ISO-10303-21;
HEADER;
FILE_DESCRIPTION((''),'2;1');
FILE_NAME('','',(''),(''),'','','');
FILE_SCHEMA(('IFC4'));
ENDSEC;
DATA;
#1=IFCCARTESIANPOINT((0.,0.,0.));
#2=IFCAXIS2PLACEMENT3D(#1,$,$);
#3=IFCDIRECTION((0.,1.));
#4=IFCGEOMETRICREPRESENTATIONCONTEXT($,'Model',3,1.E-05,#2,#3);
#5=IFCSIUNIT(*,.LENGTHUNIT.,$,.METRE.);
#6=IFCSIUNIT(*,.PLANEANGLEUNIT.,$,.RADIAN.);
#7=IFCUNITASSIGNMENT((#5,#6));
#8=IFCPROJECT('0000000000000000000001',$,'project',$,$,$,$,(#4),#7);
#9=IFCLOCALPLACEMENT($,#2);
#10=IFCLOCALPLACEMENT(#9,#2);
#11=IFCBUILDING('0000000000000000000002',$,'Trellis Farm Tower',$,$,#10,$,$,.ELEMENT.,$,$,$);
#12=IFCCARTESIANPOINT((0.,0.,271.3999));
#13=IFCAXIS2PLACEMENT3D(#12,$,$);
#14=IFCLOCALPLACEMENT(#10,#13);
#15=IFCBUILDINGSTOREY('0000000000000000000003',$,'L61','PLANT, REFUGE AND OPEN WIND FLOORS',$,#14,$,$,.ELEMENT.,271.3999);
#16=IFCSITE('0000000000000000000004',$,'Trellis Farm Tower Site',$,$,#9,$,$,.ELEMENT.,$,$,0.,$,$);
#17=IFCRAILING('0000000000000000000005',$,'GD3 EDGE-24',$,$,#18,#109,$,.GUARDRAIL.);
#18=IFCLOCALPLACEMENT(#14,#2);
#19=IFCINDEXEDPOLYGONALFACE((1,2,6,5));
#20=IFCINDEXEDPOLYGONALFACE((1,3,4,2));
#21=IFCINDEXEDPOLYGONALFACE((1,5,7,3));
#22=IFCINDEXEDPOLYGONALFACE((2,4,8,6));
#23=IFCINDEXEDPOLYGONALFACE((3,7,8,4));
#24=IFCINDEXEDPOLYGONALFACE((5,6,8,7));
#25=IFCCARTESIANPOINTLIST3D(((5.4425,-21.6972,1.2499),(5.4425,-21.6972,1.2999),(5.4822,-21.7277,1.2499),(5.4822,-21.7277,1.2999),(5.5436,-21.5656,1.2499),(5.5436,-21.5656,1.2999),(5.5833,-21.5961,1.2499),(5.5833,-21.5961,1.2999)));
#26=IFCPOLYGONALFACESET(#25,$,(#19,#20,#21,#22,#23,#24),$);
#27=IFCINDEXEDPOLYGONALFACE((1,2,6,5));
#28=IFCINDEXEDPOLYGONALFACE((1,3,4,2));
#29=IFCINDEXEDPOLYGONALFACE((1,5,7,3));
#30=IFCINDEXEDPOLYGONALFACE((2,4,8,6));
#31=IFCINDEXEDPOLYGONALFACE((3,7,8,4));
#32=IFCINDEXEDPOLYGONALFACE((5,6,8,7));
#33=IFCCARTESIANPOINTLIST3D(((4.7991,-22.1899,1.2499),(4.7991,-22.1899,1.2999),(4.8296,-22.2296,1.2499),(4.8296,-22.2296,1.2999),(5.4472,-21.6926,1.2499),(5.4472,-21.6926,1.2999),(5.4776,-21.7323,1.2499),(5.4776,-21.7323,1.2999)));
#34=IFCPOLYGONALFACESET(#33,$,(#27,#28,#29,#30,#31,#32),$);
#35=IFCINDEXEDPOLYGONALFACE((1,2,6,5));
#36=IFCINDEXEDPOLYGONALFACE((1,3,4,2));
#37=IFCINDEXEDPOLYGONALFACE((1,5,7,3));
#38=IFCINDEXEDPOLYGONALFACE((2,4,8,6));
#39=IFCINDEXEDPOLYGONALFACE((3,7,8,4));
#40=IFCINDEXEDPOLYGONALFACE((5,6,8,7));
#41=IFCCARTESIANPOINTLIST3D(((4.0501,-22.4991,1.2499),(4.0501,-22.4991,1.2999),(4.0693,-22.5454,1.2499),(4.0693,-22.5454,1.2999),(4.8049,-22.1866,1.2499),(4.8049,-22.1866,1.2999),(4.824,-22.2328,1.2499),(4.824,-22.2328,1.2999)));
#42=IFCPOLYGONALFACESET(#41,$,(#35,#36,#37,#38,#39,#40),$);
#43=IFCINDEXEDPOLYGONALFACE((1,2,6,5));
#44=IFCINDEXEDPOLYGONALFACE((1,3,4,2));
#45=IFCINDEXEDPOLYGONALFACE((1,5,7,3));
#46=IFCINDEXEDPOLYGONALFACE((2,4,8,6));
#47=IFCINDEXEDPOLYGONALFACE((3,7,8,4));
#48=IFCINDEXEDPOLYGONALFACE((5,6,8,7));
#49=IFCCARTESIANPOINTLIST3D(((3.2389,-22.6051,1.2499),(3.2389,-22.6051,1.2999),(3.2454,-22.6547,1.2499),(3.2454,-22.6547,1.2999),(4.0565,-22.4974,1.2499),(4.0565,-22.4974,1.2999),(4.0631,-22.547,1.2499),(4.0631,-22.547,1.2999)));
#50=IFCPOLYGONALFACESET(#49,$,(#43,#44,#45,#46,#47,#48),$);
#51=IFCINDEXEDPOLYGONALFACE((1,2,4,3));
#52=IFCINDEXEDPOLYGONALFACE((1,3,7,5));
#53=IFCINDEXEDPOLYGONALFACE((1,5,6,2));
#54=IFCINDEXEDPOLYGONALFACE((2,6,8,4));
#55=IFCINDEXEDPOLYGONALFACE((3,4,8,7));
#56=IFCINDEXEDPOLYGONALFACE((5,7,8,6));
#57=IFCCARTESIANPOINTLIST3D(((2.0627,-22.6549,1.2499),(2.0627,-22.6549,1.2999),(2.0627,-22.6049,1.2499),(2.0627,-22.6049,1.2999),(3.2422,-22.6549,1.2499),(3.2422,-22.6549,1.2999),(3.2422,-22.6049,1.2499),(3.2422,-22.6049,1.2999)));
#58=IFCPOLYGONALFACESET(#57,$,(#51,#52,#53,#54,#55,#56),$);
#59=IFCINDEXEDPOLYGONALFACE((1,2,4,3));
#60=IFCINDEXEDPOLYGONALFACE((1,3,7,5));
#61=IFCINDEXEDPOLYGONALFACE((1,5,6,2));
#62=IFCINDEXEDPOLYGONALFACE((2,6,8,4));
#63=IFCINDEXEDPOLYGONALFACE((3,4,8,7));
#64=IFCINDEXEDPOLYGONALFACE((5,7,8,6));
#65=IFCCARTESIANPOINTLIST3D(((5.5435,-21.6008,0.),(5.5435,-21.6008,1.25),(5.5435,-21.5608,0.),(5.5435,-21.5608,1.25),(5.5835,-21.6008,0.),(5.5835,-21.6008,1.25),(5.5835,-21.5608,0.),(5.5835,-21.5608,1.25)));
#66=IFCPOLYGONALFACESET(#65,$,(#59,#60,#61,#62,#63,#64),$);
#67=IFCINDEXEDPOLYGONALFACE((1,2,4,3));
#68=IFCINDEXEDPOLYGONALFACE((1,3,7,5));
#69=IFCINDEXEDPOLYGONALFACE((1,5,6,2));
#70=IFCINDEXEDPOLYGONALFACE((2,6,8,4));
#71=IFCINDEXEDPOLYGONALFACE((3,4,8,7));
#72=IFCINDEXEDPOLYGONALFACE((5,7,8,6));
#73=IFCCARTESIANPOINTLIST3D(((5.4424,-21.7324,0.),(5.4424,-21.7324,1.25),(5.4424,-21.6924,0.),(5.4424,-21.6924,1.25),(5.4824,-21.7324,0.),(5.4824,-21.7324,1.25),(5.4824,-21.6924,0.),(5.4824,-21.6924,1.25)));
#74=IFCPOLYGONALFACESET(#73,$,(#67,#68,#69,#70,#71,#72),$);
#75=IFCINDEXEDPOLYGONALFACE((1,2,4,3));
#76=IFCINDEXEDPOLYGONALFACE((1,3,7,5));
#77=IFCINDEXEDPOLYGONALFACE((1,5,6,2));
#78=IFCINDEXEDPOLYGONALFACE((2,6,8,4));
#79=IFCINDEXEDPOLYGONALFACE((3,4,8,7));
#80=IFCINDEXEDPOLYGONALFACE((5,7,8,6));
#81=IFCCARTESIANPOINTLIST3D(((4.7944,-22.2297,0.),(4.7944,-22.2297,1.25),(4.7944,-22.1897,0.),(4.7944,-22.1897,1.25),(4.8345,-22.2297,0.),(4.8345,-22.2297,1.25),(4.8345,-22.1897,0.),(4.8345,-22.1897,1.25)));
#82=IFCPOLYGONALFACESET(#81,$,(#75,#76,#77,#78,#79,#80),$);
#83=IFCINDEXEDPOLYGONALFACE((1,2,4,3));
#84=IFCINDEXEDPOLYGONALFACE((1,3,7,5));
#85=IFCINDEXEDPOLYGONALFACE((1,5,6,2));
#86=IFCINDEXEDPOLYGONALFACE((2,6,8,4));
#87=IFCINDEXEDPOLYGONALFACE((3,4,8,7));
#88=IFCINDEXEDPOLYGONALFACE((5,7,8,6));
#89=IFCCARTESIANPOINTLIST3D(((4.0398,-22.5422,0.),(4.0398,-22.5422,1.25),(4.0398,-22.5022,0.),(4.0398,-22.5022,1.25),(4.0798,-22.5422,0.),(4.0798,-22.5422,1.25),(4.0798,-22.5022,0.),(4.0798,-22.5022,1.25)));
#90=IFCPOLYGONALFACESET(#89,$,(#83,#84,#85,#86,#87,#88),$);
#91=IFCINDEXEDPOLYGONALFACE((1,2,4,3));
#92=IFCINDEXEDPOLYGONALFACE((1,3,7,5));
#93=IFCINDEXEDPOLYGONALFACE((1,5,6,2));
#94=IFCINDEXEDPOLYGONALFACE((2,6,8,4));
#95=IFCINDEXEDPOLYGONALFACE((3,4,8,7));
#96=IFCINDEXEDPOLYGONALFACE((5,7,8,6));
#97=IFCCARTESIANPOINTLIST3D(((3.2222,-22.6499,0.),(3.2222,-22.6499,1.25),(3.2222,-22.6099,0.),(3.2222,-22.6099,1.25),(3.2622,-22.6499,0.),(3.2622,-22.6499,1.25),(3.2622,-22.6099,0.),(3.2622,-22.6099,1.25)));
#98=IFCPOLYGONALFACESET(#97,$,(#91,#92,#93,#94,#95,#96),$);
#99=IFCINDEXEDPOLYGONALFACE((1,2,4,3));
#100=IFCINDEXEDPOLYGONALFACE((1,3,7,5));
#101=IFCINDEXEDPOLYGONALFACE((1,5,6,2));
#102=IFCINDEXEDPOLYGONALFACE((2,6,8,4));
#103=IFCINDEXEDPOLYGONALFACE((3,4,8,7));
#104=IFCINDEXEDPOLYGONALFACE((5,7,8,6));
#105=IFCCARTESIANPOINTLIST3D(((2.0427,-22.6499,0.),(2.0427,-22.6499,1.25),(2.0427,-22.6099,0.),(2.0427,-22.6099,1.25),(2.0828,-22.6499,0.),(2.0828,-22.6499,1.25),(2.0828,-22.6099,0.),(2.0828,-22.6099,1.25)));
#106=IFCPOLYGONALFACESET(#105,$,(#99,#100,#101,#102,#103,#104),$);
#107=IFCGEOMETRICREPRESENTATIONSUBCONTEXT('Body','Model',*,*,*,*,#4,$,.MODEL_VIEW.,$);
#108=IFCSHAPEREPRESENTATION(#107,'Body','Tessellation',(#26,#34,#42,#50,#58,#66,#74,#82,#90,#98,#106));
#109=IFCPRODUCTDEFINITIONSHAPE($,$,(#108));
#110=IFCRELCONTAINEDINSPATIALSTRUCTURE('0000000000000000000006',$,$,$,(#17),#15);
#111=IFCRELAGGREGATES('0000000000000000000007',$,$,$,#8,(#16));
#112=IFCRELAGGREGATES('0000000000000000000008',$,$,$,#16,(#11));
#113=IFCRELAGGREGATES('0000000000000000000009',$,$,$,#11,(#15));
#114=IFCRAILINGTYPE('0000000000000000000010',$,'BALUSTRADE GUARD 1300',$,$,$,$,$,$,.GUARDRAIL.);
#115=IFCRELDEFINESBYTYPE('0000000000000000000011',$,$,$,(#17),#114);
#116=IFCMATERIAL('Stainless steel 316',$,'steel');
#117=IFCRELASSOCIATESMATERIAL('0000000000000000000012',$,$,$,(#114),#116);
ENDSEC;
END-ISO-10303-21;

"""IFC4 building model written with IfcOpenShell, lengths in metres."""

from ifc_helpers import new_model, si_unit, direction, frame, origin, origin_2d, place, context, subcontext, project, spatial, rectangle, extrude, material, type_object, element, save


model = new_model("IFC4")

# Units and contexts
model_context = context("Model", 3, precision=1e-05, world=origin(), true_north=direction((0.0, 1.0)))
body_context = subcontext(model_context, "Body", "Model", "MODEL_VIEW")
ifc_project = project(units=[si_unit("LENGTHUNIT", "METRE"), si_unit("PLANEANGLEUNIT", "RADIAN")], contexts=[model_context])

# Site, building, storey
site_placement = place(None, origin())
site = spatial("IfcSite", under=ifc_project, at=site_placement, Name="Trellis Farm Tower Site", CompositionType="ELEMENT", RefElevation=0.0)
building_placement = place(site_placement, origin())
building = spatial("IfcBuilding", under=site, at=building_placement, Name="Trellis Farm Tower", CompositionType="ELEMENT")
storey_placement = place(building_placement, frame((0.0, 0.0, 271.3999)))
storey = spatial("IfcBuildingStorey", under=building, at=storey_placement, Name="L61", Description="PLANT, REFUGE AND OPEN WIND FLOORS", CompositionType="ELEMENT", Elevation=271.3999)

# Railing
ifc_material_1 = material(Name="Stainless steel 316", Category="steel")
railing_type_1 = type_object("IfcRailingType", Name="BALUSTRADE GUARD 1300", PredefinedType="GUARDRAIL", material=ifc_material_1)
railing_1_placement = place(storey_placement, frame((5.5635, -21.5808, 0.0)))
element("IfcRailing", 1, at=railing_1_placement, inside=storey, type_object=railing_type_1, Name="GD3 EDGE-24", PredefinedType="GUARDRAIL", context=body_context, shape_type="SweptSolid", body=[
    extrude(rectangle(XDim=0.05, YDim=0.05, at=origin_2d()), frame((0.0, 0.0, 1.2749), z_axis=(-0.609142, -0.793061, 0.0), x_axis=(0.793061, -0.609142, 0.0)), (0.0, 0.0, 1.0), 0.166),
    extrude(rectangle(XDim=0.05, YDim=0.05, at=origin_2d()), frame((-0.1011, -0.1316, 1.2749), z_axis=(-0.793279, -0.608858, 0.0), x_axis=(0.608858, -0.793279, 0.0)), (0.0, 0.0, 1.0), 0.8169),
    extrude(rectangle(XDim=0.05, YDim=0.05, at=origin_2d()), frame((-0.749, -0.6289, 1.2749), z_axis=(-0.923915, -0.382598, 0.0), x_axis=(0.382598, -0.923915, 0.0)), (0.0, 0.0, 1.0), 0.8169),
    extrude(rectangle(XDim=0.05, YDim=0.05, at=origin_2d()), frame((-1.5037, -0.9414, 1.2749), z_axis=(-0.991441, -0.130554, 0.0), x_axis=(0.130554, -0.991441, 0.0)), (0.0, 0.0, 1.0), 0.8247),
    extrude(rectangle(XDim=0.05, YDim=0.05, at=origin_2d()), frame((-2.3213, -1.0491, 1.2749), z_axis=(-1.0, 0.0, 0.0), x_axis=(0.0, -1.0, 0.0)), (0.0, 0.0, 1.0), 1.1794),
    extrude(rectangle(XDim=0.04, YDim=0.04, at=origin_2d()), origin(), (0.0, 0.0, 1.0), 1.25),
    extrude(rectangle(XDim=0.04, YDim=0.04, at=origin_2d()), frame((-0.1011, -0.1316, 0.0)), (0.0, 0.0, 1.0), 1.25),
    extrude(rectangle(XDim=0.04, YDim=0.04, at=origin_2d()), frame((-0.749, -0.6289, 0.0)), (0.0, 0.0, 1.0), 1.25),
    extrude(rectangle(XDim=0.04, YDim=0.04, at=origin_2d()), frame((-1.5037, -0.9414, 0.0)), (0.0, 0.0, 1.0), 1.25),
    extrude(rectangle(XDim=0.04, YDim=0.04, at=origin_2d()), frame((-2.3213, -1.0491, 0.0)), (0.0, 0.0, 1.0), 1.25),
    extrude(rectangle(XDim=0.04, YDim=0.04, at=origin_2d()), frame((-3.5007, -1.0491, 0.0)), (0.0, 0.0, 1.0), 1.25),
])

save(model, "model.ifc")
